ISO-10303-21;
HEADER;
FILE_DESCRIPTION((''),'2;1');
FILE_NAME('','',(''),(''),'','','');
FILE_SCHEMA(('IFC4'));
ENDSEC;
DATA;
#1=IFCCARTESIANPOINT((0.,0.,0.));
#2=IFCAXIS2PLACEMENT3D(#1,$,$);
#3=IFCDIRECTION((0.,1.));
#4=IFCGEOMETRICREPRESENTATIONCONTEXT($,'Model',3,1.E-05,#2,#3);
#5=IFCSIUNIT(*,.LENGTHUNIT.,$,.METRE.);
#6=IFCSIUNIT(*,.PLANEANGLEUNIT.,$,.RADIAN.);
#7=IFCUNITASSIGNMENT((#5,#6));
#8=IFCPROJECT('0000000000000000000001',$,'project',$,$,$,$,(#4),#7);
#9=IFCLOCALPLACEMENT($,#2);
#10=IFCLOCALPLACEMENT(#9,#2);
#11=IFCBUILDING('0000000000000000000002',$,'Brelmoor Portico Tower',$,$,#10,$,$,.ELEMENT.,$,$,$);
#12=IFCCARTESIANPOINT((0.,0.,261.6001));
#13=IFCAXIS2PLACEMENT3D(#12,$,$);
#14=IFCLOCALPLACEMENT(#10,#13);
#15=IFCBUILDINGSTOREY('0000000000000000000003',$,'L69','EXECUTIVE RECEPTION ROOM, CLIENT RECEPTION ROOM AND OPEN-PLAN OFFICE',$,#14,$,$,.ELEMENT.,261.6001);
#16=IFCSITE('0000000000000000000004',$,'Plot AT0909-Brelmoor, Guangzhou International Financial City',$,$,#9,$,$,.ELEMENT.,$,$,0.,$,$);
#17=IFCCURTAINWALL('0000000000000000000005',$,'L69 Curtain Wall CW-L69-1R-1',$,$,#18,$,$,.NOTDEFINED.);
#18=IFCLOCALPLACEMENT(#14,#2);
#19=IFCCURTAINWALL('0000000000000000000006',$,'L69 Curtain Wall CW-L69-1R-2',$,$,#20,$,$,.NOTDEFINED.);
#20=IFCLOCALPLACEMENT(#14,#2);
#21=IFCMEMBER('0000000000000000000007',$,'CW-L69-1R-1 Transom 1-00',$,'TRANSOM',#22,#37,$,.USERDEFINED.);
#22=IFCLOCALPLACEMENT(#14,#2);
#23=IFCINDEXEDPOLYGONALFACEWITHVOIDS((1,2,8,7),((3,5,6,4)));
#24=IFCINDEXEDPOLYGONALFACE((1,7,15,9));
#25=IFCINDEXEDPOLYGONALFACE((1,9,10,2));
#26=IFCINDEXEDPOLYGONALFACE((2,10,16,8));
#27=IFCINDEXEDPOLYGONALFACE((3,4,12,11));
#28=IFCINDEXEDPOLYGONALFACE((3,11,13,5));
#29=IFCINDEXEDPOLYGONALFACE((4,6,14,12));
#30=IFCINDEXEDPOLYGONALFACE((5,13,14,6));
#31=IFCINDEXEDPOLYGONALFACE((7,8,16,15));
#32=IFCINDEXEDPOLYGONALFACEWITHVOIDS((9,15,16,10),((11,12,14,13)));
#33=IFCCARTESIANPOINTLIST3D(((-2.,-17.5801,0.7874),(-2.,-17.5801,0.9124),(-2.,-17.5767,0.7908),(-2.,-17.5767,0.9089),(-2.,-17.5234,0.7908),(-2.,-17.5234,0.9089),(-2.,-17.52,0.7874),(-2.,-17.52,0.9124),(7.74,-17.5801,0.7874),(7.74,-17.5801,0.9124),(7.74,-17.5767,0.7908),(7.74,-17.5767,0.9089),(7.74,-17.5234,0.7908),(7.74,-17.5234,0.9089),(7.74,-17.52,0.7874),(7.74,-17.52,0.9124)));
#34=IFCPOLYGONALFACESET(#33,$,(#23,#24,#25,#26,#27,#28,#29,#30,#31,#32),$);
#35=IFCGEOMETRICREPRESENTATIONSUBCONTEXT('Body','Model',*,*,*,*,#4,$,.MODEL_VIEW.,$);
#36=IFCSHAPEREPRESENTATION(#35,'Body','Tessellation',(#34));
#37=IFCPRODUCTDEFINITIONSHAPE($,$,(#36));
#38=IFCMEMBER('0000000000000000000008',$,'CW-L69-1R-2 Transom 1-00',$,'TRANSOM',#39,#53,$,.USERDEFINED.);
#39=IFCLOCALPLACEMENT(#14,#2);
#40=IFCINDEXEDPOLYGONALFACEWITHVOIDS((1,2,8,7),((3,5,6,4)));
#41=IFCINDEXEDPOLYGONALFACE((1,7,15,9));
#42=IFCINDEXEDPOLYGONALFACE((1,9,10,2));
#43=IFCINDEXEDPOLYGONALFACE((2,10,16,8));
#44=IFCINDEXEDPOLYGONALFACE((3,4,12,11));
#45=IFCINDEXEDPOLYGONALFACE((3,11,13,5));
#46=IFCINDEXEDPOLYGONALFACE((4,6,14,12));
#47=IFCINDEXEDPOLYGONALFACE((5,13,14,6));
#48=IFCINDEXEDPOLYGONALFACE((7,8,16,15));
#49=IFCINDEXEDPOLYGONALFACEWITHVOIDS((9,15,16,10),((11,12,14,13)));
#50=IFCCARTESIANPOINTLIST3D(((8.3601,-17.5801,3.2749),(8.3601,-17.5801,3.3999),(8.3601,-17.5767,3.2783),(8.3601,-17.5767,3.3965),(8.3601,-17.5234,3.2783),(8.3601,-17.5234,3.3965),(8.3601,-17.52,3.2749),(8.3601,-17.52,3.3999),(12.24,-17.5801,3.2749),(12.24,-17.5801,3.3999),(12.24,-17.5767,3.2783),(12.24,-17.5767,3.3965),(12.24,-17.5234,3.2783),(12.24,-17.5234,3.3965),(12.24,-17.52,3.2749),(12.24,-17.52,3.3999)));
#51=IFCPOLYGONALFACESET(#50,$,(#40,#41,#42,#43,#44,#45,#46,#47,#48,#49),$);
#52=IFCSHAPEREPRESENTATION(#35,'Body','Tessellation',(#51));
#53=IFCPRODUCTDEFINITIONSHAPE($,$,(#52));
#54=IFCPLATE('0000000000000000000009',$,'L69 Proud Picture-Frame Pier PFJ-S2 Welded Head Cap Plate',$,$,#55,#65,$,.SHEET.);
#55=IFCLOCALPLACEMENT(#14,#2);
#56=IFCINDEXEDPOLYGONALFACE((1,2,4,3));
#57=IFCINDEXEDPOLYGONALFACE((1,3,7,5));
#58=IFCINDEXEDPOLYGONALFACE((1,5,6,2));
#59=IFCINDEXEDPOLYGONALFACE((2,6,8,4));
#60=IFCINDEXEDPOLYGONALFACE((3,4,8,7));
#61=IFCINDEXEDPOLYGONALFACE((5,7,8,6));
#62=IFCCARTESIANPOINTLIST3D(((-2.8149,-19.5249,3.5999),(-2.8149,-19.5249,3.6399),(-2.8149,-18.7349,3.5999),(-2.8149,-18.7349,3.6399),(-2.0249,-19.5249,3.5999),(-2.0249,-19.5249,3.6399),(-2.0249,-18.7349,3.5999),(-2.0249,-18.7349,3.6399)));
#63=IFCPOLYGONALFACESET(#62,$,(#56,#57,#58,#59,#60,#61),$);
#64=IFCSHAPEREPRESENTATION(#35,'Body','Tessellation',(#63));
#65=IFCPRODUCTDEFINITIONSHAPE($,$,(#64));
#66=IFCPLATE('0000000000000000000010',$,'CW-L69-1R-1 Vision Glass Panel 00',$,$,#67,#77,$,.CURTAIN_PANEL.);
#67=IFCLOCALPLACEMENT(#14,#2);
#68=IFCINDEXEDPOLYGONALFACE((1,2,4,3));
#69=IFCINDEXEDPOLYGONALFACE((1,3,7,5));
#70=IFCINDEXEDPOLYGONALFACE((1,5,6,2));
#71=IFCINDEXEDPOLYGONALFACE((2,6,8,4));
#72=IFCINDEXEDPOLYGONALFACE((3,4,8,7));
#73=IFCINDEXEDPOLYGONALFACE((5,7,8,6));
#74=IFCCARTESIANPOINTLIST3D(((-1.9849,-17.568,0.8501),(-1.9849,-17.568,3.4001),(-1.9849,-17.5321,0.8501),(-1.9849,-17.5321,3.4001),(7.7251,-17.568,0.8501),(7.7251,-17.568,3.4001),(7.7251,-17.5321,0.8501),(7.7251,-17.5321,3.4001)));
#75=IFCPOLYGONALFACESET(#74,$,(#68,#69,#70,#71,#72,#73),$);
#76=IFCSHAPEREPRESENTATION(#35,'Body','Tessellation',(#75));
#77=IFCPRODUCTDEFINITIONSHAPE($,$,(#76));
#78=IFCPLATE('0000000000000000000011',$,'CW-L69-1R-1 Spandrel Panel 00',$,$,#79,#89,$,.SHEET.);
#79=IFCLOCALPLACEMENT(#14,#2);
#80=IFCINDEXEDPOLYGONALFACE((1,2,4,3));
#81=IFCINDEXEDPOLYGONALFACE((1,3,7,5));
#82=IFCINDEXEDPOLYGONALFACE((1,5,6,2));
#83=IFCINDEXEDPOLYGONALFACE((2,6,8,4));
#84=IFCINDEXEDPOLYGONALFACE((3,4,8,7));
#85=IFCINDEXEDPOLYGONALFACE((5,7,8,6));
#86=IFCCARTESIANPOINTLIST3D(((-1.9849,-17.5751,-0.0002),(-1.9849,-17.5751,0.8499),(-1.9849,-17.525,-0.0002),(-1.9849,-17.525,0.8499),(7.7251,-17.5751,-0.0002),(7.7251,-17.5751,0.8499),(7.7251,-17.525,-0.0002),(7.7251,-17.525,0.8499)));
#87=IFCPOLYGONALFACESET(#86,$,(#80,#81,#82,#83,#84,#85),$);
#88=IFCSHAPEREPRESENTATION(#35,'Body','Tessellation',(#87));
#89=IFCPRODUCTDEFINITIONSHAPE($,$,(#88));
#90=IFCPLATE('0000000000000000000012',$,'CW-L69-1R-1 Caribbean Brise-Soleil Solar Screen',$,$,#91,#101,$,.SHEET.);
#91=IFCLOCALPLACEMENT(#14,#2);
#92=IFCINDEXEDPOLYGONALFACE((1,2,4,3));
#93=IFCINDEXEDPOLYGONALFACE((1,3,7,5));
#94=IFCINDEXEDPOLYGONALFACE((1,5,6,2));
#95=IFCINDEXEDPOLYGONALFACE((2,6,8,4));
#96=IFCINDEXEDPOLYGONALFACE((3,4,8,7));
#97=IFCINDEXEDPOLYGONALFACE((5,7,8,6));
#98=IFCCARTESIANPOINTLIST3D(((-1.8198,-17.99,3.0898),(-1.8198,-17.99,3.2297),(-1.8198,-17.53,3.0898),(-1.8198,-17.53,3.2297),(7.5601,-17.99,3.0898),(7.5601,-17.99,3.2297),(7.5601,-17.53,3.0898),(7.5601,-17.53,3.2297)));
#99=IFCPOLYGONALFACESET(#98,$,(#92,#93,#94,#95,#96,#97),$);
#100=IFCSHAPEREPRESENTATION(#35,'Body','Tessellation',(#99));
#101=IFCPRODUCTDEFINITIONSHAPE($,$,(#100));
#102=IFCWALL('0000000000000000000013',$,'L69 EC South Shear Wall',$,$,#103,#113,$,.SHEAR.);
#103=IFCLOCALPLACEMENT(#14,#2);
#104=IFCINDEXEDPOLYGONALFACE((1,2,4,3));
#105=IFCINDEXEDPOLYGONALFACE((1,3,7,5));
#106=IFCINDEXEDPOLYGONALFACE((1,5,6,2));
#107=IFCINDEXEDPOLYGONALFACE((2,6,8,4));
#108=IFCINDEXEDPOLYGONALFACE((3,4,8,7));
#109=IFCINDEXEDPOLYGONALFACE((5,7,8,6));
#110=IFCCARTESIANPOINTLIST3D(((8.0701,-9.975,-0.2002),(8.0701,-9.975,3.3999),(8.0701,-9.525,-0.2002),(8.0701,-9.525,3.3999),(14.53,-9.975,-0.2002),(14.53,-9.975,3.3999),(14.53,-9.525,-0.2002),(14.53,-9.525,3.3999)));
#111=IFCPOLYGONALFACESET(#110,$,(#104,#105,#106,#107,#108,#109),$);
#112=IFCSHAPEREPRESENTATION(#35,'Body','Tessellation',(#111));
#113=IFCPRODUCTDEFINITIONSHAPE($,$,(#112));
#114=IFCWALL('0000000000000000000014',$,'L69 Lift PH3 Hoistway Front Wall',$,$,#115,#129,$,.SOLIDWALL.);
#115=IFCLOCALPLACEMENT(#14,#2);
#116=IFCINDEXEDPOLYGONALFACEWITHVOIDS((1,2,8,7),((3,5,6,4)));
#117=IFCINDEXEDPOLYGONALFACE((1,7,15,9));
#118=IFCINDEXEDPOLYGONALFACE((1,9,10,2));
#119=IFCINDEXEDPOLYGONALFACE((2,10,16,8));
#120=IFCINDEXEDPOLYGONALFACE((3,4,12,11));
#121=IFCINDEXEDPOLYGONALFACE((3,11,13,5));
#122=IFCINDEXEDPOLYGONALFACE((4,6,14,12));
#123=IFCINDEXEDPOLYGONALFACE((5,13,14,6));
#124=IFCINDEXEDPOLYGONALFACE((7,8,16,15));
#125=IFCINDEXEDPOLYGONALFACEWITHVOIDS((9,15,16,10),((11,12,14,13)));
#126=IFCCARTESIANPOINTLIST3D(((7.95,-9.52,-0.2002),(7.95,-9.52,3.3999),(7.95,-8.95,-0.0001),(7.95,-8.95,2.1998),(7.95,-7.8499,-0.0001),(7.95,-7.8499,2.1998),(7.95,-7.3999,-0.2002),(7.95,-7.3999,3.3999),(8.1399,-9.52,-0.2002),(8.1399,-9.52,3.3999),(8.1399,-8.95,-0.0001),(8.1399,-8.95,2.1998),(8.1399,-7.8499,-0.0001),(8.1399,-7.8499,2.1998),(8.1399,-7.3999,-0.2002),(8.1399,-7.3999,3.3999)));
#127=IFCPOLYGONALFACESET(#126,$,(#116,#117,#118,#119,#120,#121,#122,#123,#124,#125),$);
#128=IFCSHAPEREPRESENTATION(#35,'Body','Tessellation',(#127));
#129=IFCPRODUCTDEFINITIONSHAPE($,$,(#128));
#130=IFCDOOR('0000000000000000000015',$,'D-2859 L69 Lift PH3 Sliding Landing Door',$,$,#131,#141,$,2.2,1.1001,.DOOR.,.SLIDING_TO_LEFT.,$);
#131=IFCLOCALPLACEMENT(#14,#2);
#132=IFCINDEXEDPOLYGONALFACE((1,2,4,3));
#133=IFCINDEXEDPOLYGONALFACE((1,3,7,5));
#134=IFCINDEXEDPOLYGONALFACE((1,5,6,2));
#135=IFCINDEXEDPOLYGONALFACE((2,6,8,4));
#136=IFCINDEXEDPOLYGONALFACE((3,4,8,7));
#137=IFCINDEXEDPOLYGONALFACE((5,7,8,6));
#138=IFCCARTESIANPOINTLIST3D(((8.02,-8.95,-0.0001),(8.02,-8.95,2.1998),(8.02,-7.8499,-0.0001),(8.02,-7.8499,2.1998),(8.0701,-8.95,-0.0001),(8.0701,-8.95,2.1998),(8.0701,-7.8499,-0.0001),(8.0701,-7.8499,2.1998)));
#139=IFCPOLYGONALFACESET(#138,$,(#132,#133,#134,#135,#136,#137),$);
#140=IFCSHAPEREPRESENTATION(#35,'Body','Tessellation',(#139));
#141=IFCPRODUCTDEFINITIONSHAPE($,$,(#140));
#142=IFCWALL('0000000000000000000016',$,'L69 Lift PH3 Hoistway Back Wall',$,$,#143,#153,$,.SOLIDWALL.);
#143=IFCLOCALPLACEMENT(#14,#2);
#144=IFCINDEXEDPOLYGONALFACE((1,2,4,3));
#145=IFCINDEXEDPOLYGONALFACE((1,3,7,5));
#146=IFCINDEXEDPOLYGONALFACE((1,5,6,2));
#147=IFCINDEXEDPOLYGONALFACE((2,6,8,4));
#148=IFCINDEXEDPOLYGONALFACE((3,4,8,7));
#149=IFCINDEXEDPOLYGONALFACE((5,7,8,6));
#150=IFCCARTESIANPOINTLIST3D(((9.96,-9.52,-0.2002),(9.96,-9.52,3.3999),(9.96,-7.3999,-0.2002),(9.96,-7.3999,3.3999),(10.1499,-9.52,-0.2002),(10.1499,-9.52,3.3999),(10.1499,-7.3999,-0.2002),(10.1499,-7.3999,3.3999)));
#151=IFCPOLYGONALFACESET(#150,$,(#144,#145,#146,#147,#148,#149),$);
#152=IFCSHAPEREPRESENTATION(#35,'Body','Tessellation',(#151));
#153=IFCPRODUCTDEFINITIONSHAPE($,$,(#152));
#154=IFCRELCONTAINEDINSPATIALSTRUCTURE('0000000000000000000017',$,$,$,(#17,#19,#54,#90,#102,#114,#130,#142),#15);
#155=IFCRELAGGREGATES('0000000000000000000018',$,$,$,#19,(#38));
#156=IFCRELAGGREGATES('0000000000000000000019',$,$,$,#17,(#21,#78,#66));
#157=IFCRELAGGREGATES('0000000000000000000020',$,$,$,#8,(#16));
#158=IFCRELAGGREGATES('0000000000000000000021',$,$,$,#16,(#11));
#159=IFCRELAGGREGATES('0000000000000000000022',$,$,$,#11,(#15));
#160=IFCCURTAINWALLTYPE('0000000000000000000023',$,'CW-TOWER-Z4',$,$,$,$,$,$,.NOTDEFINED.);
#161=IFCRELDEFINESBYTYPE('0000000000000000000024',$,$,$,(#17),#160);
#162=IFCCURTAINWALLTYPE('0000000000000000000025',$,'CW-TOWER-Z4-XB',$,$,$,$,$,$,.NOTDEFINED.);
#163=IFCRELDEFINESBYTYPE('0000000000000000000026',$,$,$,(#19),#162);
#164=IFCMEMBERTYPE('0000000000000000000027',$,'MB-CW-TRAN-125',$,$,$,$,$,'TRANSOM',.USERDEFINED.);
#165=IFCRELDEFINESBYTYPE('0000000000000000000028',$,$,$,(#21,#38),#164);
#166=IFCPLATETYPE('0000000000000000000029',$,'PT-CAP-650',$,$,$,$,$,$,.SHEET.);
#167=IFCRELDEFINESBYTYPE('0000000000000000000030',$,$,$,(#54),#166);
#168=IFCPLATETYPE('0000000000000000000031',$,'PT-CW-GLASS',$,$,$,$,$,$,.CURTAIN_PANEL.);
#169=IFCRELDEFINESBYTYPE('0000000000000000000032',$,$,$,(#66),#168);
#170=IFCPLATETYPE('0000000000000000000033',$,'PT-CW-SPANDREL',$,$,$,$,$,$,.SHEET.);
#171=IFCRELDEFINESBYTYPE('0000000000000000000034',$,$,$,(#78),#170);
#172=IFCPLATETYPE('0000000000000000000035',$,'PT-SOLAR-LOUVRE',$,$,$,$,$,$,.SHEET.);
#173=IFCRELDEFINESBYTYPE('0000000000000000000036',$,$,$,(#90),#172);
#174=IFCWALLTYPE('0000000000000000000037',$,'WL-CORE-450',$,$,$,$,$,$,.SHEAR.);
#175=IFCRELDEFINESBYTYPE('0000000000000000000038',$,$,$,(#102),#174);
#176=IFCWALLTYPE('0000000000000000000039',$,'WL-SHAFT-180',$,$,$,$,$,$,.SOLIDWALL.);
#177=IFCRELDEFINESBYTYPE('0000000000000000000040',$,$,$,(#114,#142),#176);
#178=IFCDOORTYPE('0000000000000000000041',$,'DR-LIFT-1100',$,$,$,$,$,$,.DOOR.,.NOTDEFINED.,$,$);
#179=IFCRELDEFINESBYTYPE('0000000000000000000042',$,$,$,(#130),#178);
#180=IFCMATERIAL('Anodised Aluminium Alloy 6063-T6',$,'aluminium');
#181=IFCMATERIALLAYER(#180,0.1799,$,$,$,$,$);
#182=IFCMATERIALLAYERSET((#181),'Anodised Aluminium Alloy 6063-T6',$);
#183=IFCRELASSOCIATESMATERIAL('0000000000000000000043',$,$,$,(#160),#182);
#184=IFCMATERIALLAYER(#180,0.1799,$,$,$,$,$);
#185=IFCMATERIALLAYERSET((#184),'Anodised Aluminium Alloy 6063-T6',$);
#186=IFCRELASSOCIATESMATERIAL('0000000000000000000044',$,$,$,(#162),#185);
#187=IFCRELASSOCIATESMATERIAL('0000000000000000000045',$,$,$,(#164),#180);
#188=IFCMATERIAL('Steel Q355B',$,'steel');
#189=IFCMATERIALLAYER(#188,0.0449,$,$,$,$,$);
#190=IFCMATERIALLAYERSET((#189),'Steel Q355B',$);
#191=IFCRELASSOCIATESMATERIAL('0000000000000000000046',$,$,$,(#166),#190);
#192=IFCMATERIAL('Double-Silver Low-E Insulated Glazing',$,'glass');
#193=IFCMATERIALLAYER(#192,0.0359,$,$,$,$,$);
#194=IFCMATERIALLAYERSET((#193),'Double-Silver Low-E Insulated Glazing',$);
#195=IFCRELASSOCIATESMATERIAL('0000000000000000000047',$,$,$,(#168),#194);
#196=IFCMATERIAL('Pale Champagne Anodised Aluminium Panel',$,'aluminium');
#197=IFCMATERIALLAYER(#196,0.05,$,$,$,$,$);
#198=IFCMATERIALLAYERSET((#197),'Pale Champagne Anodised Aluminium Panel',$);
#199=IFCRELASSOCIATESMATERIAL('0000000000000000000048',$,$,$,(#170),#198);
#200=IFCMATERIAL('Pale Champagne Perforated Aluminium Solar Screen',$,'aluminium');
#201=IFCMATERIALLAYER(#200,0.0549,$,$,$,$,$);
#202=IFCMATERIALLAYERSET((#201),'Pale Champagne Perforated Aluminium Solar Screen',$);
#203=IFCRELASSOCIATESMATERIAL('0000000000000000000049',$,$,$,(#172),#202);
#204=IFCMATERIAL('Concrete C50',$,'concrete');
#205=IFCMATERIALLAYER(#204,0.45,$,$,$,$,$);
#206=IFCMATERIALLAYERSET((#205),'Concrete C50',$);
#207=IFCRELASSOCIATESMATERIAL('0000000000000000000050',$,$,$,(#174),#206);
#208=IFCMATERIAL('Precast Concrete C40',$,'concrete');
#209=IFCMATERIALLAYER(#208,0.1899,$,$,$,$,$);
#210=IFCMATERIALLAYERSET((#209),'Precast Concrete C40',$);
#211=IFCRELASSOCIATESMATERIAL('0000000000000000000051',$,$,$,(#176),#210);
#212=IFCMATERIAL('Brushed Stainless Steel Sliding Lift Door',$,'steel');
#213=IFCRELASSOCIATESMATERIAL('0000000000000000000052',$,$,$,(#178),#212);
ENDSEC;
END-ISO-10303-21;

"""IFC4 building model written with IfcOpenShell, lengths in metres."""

from ifc_helpers import new_model, si_unit, direction, frame, frame_2d, origin, origin_2d, place, context, subcontext, project, spatial, rectangle, hollow_rectangle, extrude, material, layer, layer_set, material_profile, profile_set, type_object, element, fill, aggregate, save


model = new_model("IFC4")

# Units and contexts
model_context = context("Model", 3, precision=1e-05, world=origin(), true_north=direction((0.0, 1.0)))
body_context = subcontext(model_context, "Body", "Model", "MODEL_VIEW")
ifc_project = project(units=[si_unit("LENGTHUNIT", "METRE"), si_unit("PLANEANGLEUNIT", "RADIAN")], contexts=[model_context])

# Site, building, storey
site_placement = place(None, origin())
site = spatial("IfcSite", under=ifc_project, at=site_placement, Name="Plot AT0909-Brelmoor, Guangzhou International Financial City", CompositionType="ELEMENT", RefElevation=0.0)
building_placement = place(site_placement, origin())
building = spatial("IfcBuilding", under=site, at=building_placement, Name="Brelmoor Portico Tower", CompositionType="ELEMENT")
storey_placement = place(building_placement, frame((0.0, 0.0, 261.6001)))
storey = spatial("IfcBuildingStorey", under=building, at=storey_placement, Name="L69", Description="EXECUTIVE RECEPTION ROOM, CLIENT RECEPTION ROOM AND OPEN-PLAN OFFICE", CompositionType="ELEMENT", Elevation=261.6001)

# Shared definitions
ifc_material_1 = material(Name="Steel Q355B", Category="steel")

# Curtain wall
ifc_material_2 = material(Name="Anodised Aluminium Alloy 6063-T6", Category="aluminium")
ifc_layer_1 = layer(ifc_material_2, 0.1799)
ifc_layer_set_1 = layer_set([ifc_layer_1], Name="Anodised Aluminium Alloy 6063-T6")
curtain_wall_type_1 = type_object("IfcCurtainWallType", Name="CW-TOWER-Z4", PredefinedType="NOTDEFINED", material=ifc_layer_set_1)
curtain_wall_1_placement = place(storey_placement, origin())
curtain_wall_1 = element("IfcCurtainWall", 1, at=curtain_wall_1_placement, inside=storey, type_object=curtain_wall_type_1, Name="L69 Curtain Wall CW-L69-1R-1", PredefinedType="NOTDEFINED")

# Curtain wall
ifc_layer_2 = layer(ifc_material_2, 0.1799)
ifc_layer_set_2 = layer_set([ifc_layer_2], Name="Anodised Aluminium Alloy 6063-T6")
curtain_wall_type_2 = type_object("IfcCurtainWallType", Name="CW-TOWER-Z4-XB", PredefinedType="NOTDEFINED", material=ifc_layer_set_2)
curtain_wall_2_placement = place(storey_placement, origin())
curtain_wall_2 = element("IfcCurtainWall", 2, at=curtain_wall_2_placement, inside=storey, type_object=curtain_wall_type_2, Name="L69 Curtain Wall CW-L69-1R-2", PredefinedType="NOTDEFINED")

# Members
ifc_material_profile_1 = material_profile(ifc_material_2, hollow_rectangle(XDim=0.0601, YDim=0.125, WallThickness=0.0034, at=origin_2d()), Name="ALU TRANSOM 60x125")
ifc_profile_set_1 = profile_set([ifc_material_profile_1], Name="Anodised Aluminium Alloy 6063-T6")
member_type_1 = type_object("IfcMemberType", Name="MB-CW-TRAN-125", ElementType="TRANSOM", PredefinedType="USERDEFINED", material=ifc_profile_set_1)
member_1_placement = place(storey_placement, frame((-2.0, -17.55, 0.8499), z_axis=(1.0, 0.0, 0.0), x_axis=(0.0, 1.0, 0.0)))
member_1 = element("IfcMember", 3, at=member_1_placement, type_object=member_type_1, Name="CW-L69-1R-1 Transom 1-00", ObjectType="TRANSOM", PredefinedType="USERDEFINED", context=body_context, shape_type="SweptSolid", body=[
    extrude(hollow_rectangle(XDim=0.0601, YDim=0.125, WallThickness=0.0034, at=origin_2d()), origin(), (0.0, 0.0, 1.0), 9.74),
])
member_2_placement = place(storey_placement, frame((8.3601, -17.55, 3.3374), z_axis=(1.0, 0.0, 0.0), x_axis=(0.0, 1.0, 0.0)))
member_2 = element("IfcMember", 4, at=member_2_placement, type_object=member_type_1, Name="CW-L69-1R-2 Transom 1-00", ObjectType="TRANSOM", PredefinedType="USERDEFINED", context=body_context, shape_type="SweptSolid", body=[
    extrude(hollow_rectangle(XDim=0.0601, YDim=0.125, WallThickness=0.0034, at=origin_2d()), origin(), (0.0, 0.0, 1.0), 3.8799),
])
aggregate(curtain_wall_2, [member_2])

# Plates
ifc_layer_3 = layer(ifc_material_1, 0.0449)
ifc_layer_set_3 = layer_set([ifc_layer_3], Name="Steel Q355B")
plate_type_1 = type_object("IfcPlateType", Name="PT-CAP-650", PredefinedType="SHEET", material=ifc_layer_set_3)
plate_1_placement = place(storey_placement, frame((-2.4199, -19.1299, 3.5999), z_axis=(0.0, 0.0, 1.0), x_axis=(1.0, 0.0, 0.0)))
element("IfcPlate", 5, at=plate_1_placement, inside=storey, type_object=plate_type_1, Name="L69 Proud Picture-Frame Pier PFJ-S2 Welded Head Cap Plate", PredefinedType="SHEET", context=body_context, shape_type="SweptSolid", body=[
    extrude(rectangle(XDim=0.79, YDim=0.79, at=origin_2d()), origin(), (0.0, 0.0, 1.0), 0.04),
])
ifc_material_3 = material(Name="Double-Silver Low-E Insulated Glazing", Category="glass")
ifc_layer_4 = layer(ifc_material_3, 0.0359)
ifc_layer_set_4 = layer_set([ifc_layer_4], Name="Double-Silver Low-E Insulated Glazing")
plate_type_2 = type_object("IfcPlateType", Name="PT-CW-GLASS", PredefinedType="CURTAIN_PANEL", material=ifc_layer_set_4)
plate_2_placement = place(storey_placement, frame((2.8701, -17.55, 0.8501), z_axis=(0.0, 0.0, 1.0), x_axis=(1.0, 0.0, 0.0)))
plate_2 = element("IfcPlate", 6, at=plate_2_placement, type_object=plate_type_2, Name="CW-L69-1R-1 Vision Glass Panel 00", PredefinedType="CURTAIN_PANEL", context=body_context, shape_type="SweptSolid", body=[
    extrude(rectangle(XDim=9.71, YDim=0.0359, at=origin_2d()), origin(), (0.0, 0.0, 1.0), 2.55),
])
ifc_material_4 = material(Name="Pale Champagne Anodised Aluminium Panel", Category="aluminium")
ifc_layer_5 = layer(ifc_material_4, 0.05)
ifc_layer_set_5 = layer_set([ifc_layer_5], Name="Pale Champagne Anodised Aluminium Panel")
plate_type_3 = type_object("IfcPlateType", Name="PT-CW-SPANDREL", PredefinedType="SHEET", material=ifc_layer_set_5)
plate_3_placement = place(storey_placement, frame((2.8701, -17.55, -0.0002), z_axis=(0.0, 0.0, 1.0), x_axis=(1.0, 0.0, 0.0)))
plate_3 = element("IfcPlate", 7, at=plate_3_placement, type_object=plate_type_3, Name="CW-L69-1R-1 Spandrel Panel 00", PredefinedType="SHEET", context=body_context, shape_type="SweptSolid", body=[
    extrude(rectangle(XDim=9.71, YDim=0.05, at=origin_2d()), origin(), (0.0, 0.0, 1.0), 0.8501),
])
aggregate(curtain_wall_1, [member_1, plate_3, plate_2])
ifc_material_5 = material(Name="Pale Champagne Perforated Aluminium Solar Screen", Category="aluminium")
ifc_layer_6 = layer(ifc_material_5, 0.0549)
ifc_layer_set_6 = layer_set([ifc_layer_6], Name="Pale Champagne Perforated Aluminium Solar Screen")
plate_type_4 = type_object("IfcPlateType", Name="PT-SOLAR-LOUVRE", PredefinedType="SHEET", material=ifc_layer_set_6)
plate_4_placement = place(storey_placement, frame((2.8701, -17.76, 3.0898), z_axis=(0.0, 0.0, 1.0), x_axis=(1.0, 0.0, 0.0)))
element("IfcPlate", 8, at=plate_4_placement, inside=storey, type_object=plate_type_4, Name="CW-L69-1R-1 Caribbean Brise-Soleil Solar Screen", PredefinedType="SHEET", context=body_context, shape_type="SweptSolid", body=[
    extrude(rectangle(XDim=9.3799, YDim=0.46, at=origin_2d()), origin(), (0.0, 0.0, 1.0), 0.1399),
])

# Wall
ifc_material_6 = material(Name="Concrete C50", Category="concrete")
ifc_layer_7 = layer(ifc_material_6, 0.45)
ifc_layer_set_7 = layer_set([ifc_layer_7], Name="Concrete C50")
wall_type_1 = type_object("IfcWallType", Name="WL-CORE-450", PredefinedType="SHEAR", material=ifc_layer_set_7)
wall_1_placement = place(storey_placement, frame((8.0701, -9.75, -0.2002), z_axis=(0.0, 0.0, 1.0), x_axis=(1.0, 0.0, 0.0)))
element("IfcWall", 9, at=wall_1_placement, inside=storey, type_object=wall_type_1, Name="L69 EC South Shear Wall", PredefinedType="SHEAR", context=body_context, shape_type="SweptSolid", body=[
    extrude(rectangle(XDim=6.46, YDim=0.45, at=frame_2d((3.23, 0.0))), origin(), (0.0, 0.0, 1.0), 3.6001),
])

# Wall, opening, door
ifc_material_7 = material(Name="Precast Concrete C40", Category="concrete")
ifc_layer_8 = layer(ifc_material_7, 0.1899)
ifc_layer_set_8 = layer_set([ifc_layer_8], Name="Precast Concrete C40")
wall_type_2 = type_object("IfcWallType", Name="WL-SHAFT-180", PredefinedType="SOLIDWALL", material=ifc_layer_set_8)
wall_2_placement = place(storey_placement, frame((8.0449, -9.52, -0.2002), z_axis=(0.0, 0.0, 1.0), x_axis=(0.0, 1.0, 0.0)))
wall_2 = element("IfcWall", 10, at=wall_2_placement, inside=storey, type_object=wall_type_2, Name="L69 Lift PH3 Hoistway Front Wall", PredefinedType="SOLIDWALL", context=body_context, shape_type="SweptSolid", body=[
    extrude(rectangle(XDim=2.1201, YDim=0.1899, at=frame_2d((1.0601, 0.0))), origin(), (0.0, 0.0, 1.0), 3.6001),
])
opening_placement = place(wall_2_placement, frame((0.5701, 0.0, 0.2)))
opening = element("IfcOpeningElement", 11, at=opening_placement, cuts=wall_2, PredefinedType="OPENING", context=body_context, shape_type="SweptSolid", body=[
    extrude(rectangle(XDim=1.1001, YDim=2.2, at=frame_2d((0.55, 1.1001))), frame((0.0, 0.105, 0.0), z_axis=(0.0, -1.0, 0.0), x_axis=(1.0, 0.0, 0.0)), (0.0, 0.0, 1.0), 0.21),
])
ifc_material_8 = material(Name="Brushed Stainless Steel Sliding Lift Door", Category="steel")
door_type = type_object("IfcDoorType", Name="DR-LIFT-1100", OperationType="NOTDEFINED", PredefinedType="DOOR", material=ifc_material_8)
door_placement = place(opening_placement, origin())
door = element("IfcDoor", 12, at=door_placement, inside=storey, type_object=door_type, Name="D-2859 L69 Lift PH3 Sliding Landing Door", OperationType="SLIDING_TO_LEFT", OverallHeight=2.2, OverallWidth=1.1001, PredefinedType="DOOR", context=body_context, shape_type="SweptSolid", body=[
    extrude(rectangle(XDim=1.1001, YDim=2.2, at=frame_2d((0.55, 1.1001))), frame((0.0, 0.0249, 0.0), z_axis=(0.0, -1.0, 0.0), x_axis=(1.0, 0.0, 0.0)), (0.0, 0.0, 1.0), 0.05),
])
fill(opening, door)

# Wall
wall_3_placement = place(storey_placement, frame((10.0549, -9.52, -0.2002), z_axis=(0.0, 0.0, 1.0), x_axis=(0.0, 1.0, 0.0)))
element("IfcWall", 13, at=wall_3_placement, inside=storey, type_object=wall_type_2, Name="L69 Lift PH3 Hoistway Back Wall", PredefinedType="SOLIDWALL", context=body_context, shape_type="SweptSolid", body=[
    extrude(rectangle(XDim=2.1201, YDim=0.1899, at=frame_2d((1.0601, 0.0))), origin(), (0.0, 0.0, 1.0), 3.6001),
])

save(model, "model.ifc")
